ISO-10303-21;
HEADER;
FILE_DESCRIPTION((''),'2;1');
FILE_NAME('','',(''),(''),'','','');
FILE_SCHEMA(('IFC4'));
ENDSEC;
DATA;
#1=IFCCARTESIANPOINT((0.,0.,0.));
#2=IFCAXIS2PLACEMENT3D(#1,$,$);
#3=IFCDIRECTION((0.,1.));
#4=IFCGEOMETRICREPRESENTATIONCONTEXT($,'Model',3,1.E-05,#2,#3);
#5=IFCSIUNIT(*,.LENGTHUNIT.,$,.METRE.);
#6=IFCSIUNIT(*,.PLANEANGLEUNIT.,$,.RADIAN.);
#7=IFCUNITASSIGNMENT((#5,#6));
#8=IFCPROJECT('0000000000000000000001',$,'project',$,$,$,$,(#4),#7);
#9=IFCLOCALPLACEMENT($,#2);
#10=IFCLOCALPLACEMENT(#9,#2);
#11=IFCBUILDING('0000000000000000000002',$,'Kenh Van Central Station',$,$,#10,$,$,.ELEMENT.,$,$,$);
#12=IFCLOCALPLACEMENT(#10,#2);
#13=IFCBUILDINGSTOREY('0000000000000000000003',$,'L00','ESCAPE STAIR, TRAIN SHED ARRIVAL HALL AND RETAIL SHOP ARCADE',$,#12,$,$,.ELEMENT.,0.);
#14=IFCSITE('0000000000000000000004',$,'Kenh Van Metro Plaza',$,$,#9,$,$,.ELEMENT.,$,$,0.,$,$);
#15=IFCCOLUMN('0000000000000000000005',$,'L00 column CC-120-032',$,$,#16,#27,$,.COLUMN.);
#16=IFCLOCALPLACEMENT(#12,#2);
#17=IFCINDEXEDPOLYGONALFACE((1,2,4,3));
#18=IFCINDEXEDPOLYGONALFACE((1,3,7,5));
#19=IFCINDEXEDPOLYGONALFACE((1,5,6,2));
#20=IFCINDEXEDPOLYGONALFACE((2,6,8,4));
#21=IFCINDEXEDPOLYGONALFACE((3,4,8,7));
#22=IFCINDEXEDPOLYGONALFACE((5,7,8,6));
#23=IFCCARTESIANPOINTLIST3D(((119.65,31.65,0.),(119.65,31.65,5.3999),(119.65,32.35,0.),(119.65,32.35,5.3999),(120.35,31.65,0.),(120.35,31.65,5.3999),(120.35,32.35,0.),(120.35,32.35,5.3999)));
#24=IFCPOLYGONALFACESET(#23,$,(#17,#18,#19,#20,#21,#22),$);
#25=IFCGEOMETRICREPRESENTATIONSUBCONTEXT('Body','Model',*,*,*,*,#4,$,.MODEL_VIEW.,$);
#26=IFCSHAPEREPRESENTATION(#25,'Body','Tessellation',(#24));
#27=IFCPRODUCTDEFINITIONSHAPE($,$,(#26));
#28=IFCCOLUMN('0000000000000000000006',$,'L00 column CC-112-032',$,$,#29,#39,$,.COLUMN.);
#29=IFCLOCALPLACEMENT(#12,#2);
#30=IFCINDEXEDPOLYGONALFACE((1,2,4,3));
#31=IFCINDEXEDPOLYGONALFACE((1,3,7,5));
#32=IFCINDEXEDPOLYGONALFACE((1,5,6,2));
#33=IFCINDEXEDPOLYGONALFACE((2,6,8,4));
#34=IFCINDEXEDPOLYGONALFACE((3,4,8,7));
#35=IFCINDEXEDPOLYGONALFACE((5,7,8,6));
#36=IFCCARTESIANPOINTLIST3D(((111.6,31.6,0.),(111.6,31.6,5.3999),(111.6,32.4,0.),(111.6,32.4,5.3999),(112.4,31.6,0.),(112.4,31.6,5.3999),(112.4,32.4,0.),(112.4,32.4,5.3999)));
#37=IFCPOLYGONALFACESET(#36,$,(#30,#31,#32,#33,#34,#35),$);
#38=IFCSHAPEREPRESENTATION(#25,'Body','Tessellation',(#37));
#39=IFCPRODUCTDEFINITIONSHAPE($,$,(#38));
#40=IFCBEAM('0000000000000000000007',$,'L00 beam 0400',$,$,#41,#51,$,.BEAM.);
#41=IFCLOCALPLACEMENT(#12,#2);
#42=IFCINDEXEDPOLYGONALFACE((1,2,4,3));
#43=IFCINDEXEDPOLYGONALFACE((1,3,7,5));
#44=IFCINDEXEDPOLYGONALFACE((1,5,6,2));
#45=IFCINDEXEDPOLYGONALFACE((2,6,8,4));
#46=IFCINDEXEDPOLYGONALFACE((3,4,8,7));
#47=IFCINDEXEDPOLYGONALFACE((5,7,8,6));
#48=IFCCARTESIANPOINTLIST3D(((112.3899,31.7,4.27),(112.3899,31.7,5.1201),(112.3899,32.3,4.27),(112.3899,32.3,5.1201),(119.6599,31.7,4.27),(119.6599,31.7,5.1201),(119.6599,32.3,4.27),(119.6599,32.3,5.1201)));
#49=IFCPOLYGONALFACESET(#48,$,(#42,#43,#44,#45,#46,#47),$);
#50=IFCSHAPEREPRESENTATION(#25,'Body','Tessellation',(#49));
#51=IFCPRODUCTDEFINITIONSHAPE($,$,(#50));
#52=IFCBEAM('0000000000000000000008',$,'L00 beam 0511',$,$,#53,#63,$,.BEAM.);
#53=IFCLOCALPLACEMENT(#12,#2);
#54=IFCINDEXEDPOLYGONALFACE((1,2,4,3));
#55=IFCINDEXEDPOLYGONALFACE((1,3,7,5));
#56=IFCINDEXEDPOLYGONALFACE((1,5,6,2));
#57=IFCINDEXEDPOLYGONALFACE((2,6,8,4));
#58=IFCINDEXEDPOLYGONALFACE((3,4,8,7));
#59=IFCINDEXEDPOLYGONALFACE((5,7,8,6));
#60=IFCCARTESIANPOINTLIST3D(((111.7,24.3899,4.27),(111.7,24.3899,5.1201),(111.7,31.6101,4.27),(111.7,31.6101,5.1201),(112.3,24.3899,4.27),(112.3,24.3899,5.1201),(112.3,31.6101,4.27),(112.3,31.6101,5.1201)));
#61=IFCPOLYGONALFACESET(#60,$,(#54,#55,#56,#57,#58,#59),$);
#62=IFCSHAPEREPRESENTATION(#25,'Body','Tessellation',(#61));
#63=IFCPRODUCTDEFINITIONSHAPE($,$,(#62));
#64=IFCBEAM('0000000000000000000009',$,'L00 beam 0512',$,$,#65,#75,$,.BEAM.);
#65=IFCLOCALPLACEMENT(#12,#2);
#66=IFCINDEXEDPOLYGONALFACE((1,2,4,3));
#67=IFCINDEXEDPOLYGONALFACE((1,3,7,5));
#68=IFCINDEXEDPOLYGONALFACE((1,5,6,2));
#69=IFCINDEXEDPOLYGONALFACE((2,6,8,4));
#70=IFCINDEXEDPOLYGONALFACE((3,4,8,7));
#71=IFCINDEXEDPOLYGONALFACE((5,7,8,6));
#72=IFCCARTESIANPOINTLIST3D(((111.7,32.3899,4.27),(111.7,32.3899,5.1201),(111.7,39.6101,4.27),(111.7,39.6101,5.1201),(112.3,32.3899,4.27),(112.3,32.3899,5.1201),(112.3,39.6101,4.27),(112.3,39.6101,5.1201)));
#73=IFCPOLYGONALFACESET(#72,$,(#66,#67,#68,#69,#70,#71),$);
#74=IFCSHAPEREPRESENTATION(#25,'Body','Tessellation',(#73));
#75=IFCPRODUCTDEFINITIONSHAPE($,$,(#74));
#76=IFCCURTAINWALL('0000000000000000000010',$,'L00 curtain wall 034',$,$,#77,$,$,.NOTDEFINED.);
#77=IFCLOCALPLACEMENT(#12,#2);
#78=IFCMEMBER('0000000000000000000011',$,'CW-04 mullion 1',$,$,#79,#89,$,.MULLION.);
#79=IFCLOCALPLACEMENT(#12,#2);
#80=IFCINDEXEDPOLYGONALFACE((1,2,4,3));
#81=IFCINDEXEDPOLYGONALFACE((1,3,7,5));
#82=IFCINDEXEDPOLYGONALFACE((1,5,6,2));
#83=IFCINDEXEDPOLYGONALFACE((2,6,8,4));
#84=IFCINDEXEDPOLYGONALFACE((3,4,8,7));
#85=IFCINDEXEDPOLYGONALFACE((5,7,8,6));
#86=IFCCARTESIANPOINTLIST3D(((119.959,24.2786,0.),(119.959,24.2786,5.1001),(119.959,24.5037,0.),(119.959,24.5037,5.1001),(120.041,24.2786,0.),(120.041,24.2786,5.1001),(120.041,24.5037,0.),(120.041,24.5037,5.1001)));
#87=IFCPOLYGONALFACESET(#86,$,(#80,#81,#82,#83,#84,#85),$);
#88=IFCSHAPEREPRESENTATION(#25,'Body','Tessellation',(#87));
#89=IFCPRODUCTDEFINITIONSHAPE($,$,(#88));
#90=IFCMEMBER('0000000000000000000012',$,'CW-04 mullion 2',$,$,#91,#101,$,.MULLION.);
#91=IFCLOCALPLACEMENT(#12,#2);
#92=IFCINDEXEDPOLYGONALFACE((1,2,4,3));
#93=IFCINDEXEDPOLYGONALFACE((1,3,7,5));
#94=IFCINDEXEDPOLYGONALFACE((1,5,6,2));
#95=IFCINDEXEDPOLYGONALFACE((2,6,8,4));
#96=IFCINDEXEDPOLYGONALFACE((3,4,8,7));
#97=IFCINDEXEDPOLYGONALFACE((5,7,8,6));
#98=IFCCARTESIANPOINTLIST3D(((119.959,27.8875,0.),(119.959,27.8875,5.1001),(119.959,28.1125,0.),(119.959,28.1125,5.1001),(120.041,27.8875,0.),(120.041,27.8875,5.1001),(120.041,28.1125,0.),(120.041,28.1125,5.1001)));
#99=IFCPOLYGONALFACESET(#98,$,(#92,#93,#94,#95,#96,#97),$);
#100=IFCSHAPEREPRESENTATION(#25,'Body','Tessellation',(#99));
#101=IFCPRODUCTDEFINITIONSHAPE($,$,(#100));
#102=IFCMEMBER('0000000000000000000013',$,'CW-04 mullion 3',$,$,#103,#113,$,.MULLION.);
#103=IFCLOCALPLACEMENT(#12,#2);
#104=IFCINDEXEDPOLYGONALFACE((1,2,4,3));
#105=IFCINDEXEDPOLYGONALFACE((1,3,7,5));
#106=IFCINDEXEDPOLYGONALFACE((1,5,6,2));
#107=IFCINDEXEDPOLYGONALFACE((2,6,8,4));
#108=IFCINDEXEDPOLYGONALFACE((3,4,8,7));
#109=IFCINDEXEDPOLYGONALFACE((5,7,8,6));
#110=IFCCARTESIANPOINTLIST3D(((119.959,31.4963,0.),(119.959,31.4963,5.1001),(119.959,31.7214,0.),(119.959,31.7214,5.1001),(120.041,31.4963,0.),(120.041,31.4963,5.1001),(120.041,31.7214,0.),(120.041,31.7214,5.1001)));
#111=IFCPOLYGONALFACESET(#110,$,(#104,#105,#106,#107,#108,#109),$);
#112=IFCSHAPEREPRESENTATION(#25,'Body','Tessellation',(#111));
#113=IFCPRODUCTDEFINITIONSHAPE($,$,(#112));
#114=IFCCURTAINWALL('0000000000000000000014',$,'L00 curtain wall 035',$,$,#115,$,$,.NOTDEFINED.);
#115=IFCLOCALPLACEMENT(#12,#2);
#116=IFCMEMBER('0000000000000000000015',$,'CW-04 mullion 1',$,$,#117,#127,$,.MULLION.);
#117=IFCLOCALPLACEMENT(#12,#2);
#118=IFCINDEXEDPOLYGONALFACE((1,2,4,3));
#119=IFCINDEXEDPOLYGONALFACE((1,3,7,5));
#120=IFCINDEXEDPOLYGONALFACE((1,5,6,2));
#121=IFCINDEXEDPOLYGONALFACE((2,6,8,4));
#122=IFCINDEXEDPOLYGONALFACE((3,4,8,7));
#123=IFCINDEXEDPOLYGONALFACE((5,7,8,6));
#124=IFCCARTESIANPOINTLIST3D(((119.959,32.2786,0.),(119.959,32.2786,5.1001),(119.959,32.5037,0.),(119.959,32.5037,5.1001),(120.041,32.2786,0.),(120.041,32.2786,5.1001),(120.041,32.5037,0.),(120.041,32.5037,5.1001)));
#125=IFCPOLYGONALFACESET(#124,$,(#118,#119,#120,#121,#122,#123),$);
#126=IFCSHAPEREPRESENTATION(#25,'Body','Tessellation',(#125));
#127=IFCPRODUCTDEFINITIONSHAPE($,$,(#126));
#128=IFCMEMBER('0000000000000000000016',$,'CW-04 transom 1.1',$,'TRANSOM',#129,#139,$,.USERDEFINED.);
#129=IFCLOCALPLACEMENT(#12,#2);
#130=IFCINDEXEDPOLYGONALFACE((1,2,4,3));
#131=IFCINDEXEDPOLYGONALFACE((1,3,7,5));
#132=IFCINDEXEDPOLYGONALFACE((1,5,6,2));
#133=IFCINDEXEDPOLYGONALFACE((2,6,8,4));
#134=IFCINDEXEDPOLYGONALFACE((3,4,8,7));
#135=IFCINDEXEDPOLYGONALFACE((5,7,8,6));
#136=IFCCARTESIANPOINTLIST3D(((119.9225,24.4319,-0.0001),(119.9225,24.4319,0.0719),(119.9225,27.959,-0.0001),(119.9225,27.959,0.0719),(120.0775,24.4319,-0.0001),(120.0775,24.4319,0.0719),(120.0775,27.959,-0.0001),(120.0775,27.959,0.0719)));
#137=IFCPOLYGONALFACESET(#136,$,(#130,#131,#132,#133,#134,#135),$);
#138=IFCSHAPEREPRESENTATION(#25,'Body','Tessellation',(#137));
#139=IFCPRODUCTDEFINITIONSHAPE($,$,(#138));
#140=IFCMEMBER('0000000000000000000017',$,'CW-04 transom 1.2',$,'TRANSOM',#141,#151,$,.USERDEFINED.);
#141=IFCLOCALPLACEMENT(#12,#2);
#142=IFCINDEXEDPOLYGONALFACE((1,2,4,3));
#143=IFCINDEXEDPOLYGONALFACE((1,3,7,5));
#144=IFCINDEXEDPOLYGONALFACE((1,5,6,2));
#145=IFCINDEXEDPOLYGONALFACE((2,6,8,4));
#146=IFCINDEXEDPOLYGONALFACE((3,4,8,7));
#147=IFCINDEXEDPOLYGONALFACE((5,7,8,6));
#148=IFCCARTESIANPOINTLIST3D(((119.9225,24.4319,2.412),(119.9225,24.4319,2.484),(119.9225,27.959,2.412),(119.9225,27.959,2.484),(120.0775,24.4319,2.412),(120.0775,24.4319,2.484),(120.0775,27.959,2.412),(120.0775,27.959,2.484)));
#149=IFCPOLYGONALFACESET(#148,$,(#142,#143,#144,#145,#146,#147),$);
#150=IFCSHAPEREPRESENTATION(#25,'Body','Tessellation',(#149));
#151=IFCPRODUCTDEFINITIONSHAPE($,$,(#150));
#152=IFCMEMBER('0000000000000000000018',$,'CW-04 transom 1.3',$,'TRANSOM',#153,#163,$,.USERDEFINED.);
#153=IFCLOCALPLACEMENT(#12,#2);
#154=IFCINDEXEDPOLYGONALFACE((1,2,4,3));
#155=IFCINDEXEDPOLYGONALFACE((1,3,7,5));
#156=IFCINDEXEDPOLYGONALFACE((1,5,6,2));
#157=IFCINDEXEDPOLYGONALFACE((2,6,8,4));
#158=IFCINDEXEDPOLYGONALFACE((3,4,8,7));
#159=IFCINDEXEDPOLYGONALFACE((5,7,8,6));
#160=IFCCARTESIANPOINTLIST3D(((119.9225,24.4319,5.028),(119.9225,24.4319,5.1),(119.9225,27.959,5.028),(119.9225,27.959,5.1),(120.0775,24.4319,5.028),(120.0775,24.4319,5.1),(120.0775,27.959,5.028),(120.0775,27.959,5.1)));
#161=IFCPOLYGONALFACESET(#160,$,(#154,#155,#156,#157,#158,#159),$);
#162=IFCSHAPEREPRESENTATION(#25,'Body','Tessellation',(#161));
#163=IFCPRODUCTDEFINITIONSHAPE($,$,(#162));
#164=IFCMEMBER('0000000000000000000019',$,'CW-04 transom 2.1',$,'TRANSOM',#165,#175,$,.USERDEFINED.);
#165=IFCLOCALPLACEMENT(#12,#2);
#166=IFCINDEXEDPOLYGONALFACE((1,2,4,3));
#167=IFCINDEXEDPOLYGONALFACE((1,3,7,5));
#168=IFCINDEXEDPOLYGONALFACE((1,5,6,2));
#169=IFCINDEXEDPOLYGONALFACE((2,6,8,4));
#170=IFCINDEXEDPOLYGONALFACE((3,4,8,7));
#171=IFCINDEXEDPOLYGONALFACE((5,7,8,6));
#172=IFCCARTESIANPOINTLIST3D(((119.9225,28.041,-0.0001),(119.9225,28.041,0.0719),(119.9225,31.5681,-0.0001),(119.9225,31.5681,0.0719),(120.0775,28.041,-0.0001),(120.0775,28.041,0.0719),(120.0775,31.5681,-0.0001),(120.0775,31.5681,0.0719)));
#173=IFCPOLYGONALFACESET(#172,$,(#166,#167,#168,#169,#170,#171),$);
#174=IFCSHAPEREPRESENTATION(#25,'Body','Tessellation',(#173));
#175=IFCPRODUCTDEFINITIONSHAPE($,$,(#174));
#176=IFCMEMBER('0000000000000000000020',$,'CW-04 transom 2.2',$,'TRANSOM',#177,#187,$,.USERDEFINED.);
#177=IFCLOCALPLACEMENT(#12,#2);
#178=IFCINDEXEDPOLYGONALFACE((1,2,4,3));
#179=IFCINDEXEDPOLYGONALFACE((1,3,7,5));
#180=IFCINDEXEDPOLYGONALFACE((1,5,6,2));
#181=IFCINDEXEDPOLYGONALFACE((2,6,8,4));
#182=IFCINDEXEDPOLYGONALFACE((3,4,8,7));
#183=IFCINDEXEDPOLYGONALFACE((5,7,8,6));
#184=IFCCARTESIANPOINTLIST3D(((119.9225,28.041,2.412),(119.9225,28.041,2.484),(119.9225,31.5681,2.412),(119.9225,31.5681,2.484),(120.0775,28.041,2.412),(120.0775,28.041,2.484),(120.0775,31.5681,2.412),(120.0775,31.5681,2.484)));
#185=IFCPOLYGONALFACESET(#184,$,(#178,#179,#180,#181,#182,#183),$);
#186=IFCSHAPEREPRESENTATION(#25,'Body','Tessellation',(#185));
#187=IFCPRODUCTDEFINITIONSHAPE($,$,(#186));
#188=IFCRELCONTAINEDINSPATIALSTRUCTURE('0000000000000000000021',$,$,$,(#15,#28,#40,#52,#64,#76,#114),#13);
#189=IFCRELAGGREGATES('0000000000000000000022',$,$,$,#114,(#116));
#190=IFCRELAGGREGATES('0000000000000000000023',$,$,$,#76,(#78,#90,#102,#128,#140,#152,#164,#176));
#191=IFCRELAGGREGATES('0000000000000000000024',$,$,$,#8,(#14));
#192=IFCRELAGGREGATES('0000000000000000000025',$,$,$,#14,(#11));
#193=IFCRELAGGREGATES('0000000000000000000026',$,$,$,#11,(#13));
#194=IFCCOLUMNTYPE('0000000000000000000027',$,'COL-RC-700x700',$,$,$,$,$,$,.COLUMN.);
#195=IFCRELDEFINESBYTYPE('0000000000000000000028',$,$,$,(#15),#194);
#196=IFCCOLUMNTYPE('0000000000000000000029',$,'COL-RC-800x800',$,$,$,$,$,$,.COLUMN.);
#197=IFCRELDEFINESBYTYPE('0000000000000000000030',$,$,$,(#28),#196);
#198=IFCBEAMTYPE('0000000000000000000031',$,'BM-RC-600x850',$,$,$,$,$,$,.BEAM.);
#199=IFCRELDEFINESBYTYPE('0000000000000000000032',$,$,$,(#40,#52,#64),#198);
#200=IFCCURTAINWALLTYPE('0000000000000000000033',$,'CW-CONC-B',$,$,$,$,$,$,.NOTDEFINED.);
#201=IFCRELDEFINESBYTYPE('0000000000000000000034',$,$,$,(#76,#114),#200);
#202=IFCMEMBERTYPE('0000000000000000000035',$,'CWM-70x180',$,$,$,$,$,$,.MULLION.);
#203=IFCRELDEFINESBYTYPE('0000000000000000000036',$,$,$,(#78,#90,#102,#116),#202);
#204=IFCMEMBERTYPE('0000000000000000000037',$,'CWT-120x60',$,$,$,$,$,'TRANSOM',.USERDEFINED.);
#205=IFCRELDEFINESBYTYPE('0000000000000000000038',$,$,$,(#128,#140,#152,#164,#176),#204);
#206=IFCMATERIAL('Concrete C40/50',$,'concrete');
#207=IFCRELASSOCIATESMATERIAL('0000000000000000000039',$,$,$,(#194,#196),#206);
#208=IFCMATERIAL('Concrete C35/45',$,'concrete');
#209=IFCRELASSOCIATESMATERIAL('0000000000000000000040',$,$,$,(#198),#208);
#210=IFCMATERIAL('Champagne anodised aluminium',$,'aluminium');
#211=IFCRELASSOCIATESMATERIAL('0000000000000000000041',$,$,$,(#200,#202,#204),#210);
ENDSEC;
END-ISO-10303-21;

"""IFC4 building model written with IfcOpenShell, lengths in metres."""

from ifc_helpers import new_model, si_unit, direction, frame, origin, origin_2d, place, context, subcontext, project, spatial, rectangle, extrude, material, material_profile, profile_set, type_object, element, aggregate, save


model = new_model("IFC4")

# Units and contexts
model_context = context("Model", 3, precision=1e-05, world=origin(), true_north=direction((0.0, 1.0)))
body_context = subcontext(model_context, "Body", "Model", "MODEL_VIEW")
ifc_project = project(units=[si_unit("LENGTHUNIT", "METRE"), si_unit("PLANEANGLEUNIT", "RADIAN")], contexts=[model_context])

# Site, building, storey
site_placement = place(None, origin())
site = spatial("IfcSite", under=ifc_project, at=site_placement, Name="Kenh Van Metro Plaza", CompositionType="ELEMENT", RefElevation=0.0)
building_placement = place(site_placement, origin())
building = spatial("IfcBuilding", under=site, at=building_placement, Name="Kenh Van Central Station", CompositionType="ELEMENT")
storey_placement = place(building_placement, origin())
storey = spatial("IfcBuildingStorey", under=building, at=storey_placement, Name="L00", Description="ESCAPE STAIR, TRAIN SHED ARRIVAL HALL AND RETAIL SHOP ARCADE", CompositionType="ELEMENT", Elevation=0.0)

# Columns
ifc_material_1 = material(Name="Concrete C40/50", Category="concrete")
ifc_material_profile_1 = material_profile(ifc_material_1, rectangle(XDim=0.7, YDim=0.7, at=origin_2d()), Name="RC 700x700")
ifc_profile_set_1 = profile_set([ifc_material_profile_1], Name="Concrete C40/50")
column_type_1 = type_object("IfcColumnType", Name="COL-RC-700x700", PredefinedType="COLUMN", material=ifc_profile_set_1)
column_1_placement = place(storey_placement, frame((120.0, 32.0, 0.0), z_axis=(0.0, 0.0, 1.0), x_axis=(1.0, 0.0, 0.0)))
element("IfcColumn", 1, at=column_1_placement, inside=storey, type_object=column_type_1, Name="L00 column CC-120-032", PredefinedType="COLUMN", context=body_context, shape_type="SweptSolid", body=[
    extrude(rectangle(XDim=0.7, YDim=0.7, at=origin_2d()), origin(), (0.0, 0.0, 1.0), 5.3999),
])
ifc_material_profile_2 = material_profile(ifc_material_1, rectangle(XDim=0.8, YDim=0.8, at=origin_2d()), Name="RC 800x800")
ifc_profile_set_2 = profile_set([ifc_material_profile_2], Name="Concrete C40/50")
column_type_2 = type_object("IfcColumnType", Name="COL-RC-800x800", PredefinedType="COLUMN", material=ifc_profile_set_2)
column_2_placement = place(storey_placement, frame((112.0, 32.0, 0.0), z_axis=(0.0, 0.0, 1.0), x_axis=(1.0, 0.0, 0.0)))
element("IfcColumn", 2, at=column_2_placement, inside=storey, type_object=column_type_2, Name="L00 column CC-112-032", PredefinedType="COLUMN", context=body_context, shape_type="SweptSolid", body=[
    extrude(rectangle(XDim=0.8, YDim=0.8, at=origin_2d()), origin(), (0.0, 0.0, 1.0), 5.3999),
])

# Beams
ifc_material_2 = material(Name="Concrete C35/45", Category="concrete")
ifc_material_profile_3 = material_profile(ifc_material_2, rectangle(XDim=0.6001, YDim=0.8501, at=origin_2d()), Name="RC 600x850")
ifc_profile_set_3 = profile_set([ifc_material_profile_3], Name="Concrete C35/45")
beam_type = type_object("IfcBeamType", Name="BM-RC-600x850", PredefinedType="BEAM", material=ifc_profile_set_3)
beam_placement = place(storey_placement, frame((112.3899, 32.0, 4.6951), z_axis=(1.0, 0.0, 0.0), x_axis=(0.0, 1.0, 0.0)))
element("IfcBeam", 3, at=beam_placement, inside=storey, type_object=beam_type, Name="L00 beam 0400", PredefinedType="BEAM", context=body_context, shape_type="SweptSolid", body=[
    extrude(rectangle(XDim=0.6001, YDim=0.8501, at=origin_2d()), origin(), (0.0, 0.0, 1.0), 7.27),
])
for number, where, z_axis, x_axis, name in (
    (4, (112.0, 24.3899, 4.6951), (0.0, 1.0, 0.0), (-1.0, 0.0, 0.0), "L00 beam 0511"),
    (5, (112.0, 32.3899, 4.6951), (0.0, 1.0, 0.0), (-1.0, 0.0, 0.0), "L00 beam 0512"),
):
    element("IfcBeam", number, at=place(storey_placement, frame(where, z_axis=z_axis, x_axis=x_axis)), inside=storey, type_object=beam_type, Name=name, PredefinedType="BEAM", context=body_context, shape_type="SweptSolid", body=[
        extrude(rectangle(XDim=0.6001, YDim=0.8501, at=origin_2d()), origin(), (0.0, 0.0, 1.0), 7.2202),
    ])

# Curtain wall, members
ifc_material_3 = material(Name="Champagne anodised aluminium", Category="aluminium")
curtain_wall_type = type_object("IfcCurtainWallType", Name="CW-CONC-B", PredefinedType="NOTDEFINED", material=ifc_material_3)
curtain_wall_1_placement = place(storey_placement, origin())
curtain_wall_1 = element("IfcCurtainWall", 6, at=curtain_wall_1_placement, inside=storey, type_object=curtain_wall_type, Name="L00 curtain wall 034", PredefinedType="NOTDEFINED")
ifc_material_profile_4 = material_profile(ifc_material_3, rectangle(XDim=0.082, YDim=0.2251, at=origin_2d()), Name="AL 82x225")
ifc_profile_set_4 = profile_set([ifc_material_profile_4], Name="Champagne anodised aluminium")
member_type_1 = type_object("IfcMemberType", Name="CWM-70x180", PredefinedType="MULLION", material=ifc_profile_set_4)
member_1_placement = place(storey_placement, frame((120.0, 24.3911, 0.0), z_axis=(0.0, 0.0, 1.0), x_axis=(-1.0, 0.0, 0.0)))
member_1 = element("IfcMember", 7, at=member_1_placement, type_object=member_type_1, Name="CW-04 mullion 1", PredefinedType="MULLION", context=body_context, shape_type="SweptSolid", body=[
    extrude(rectangle(XDim=0.082, YDim=0.2251, at=origin_2d()), origin(), (0.0, 0.0, 1.0), 5.1001),
])
member_2_placement = place(storey_placement, frame((120.0, 28.0, 0.0), z_axis=(0.0, 0.0, 1.0), x_axis=(-1.0, 0.0, 0.0)))
member_2 = element("IfcMember", 8, at=member_2_placement, type_object=member_type_1, Name="CW-04 mullion 2", PredefinedType="MULLION", context=body_context, shape_type="SweptSolid", body=[
    extrude(rectangle(XDim=0.082, YDim=0.2251, at=origin_2d()), origin(), (0.0, 0.0, 1.0), 5.1001),
])
member_3_placement = place(storey_placement, frame((120.0, 31.6089, 0.0), z_axis=(0.0, 0.0, 1.0), x_axis=(-1.0, 0.0, 0.0)))
member_3 = element("IfcMember", 9, at=member_3_placement, type_object=member_type_1, Name="CW-04 mullion 3", PredefinedType="MULLION", context=body_context, shape_type="SweptSolid", body=[
    extrude(rectangle(XDim=0.082, YDim=0.2251, at=origin_2d()), origin(), (0.0, 0.0, 1.0), 5.1001),
])

# Curtain wall, member
curtain_wall_2_placement = place(storey_placement, origin())
curtain_wall_2 = element("IfcCurtainWall", 10, at=curtain_wall_2_placement, inside=storey, type_object=curtain_wall_type, Name="L00 curtain wall 035", PredefinedType="NOTDEFINED")
member_4_placement = place(storey_placement, frame((120.0, 32.3911, 0.0), z_axis=(0.0, 0.0, 1.0), x_axis=(-1.0, 0.0, 0.0)))
member_4 = element("IfcMember", 11, at=member_4_placement, type_object=member_type_1, Name="CW-04 mullion 1", PredefinedType="MULLION", context=body_context, shape_type="SweptSolid", body=[
    extrude(rectangle(XDim=0.082, YDim=0.2251, at=origin_2d()), origin(), (0.0, 0.0, 1.0), 5.1001),
])

# Members
ifc_material_profile_5 = material_profile(ifc_material_3, rectangle(XDim=0.155, YDim=0.072, at=origin_2d()), Name="AL 155x72")
ifc_profile_set_5 = profile_set([ifc_material_profile_5], Name="Champagne anodised aluminium")
member_type_2 = type_object("IfcMemberType", Name="CWT-120x60", ElementType="TRANSOM", PredefinedType="USERDEFINED", material=ifc_profile_set_5)
member_5_placement = place(storey_placement, frame((120.0, 24.4319, 0.0359), z_axis=(0.0, 1.0, 0.0), x_axis=(-1.0, 0.0, 0.0)))
member_5 = element("IfcMember", 12, at=member_5_placement, type_object=member_type_2, Name="CW-04 transom 1.1", ObjectType="TRANSOM", PredefinedType="USERDEFINED", context=body_context, shape_type="SweptSolid", body=[
    extrude(rectangle(XDim=0.155, YDim=0.072, at=origin_2d()), origin(), (0.0, 0.0, 1.0), 3.5271),
])
member_6_placement = place(storey_placement, frame((120.0, 24.4319, 2.448), z_axis=(0.0, 1.0, 0.0), x_axis=(-1.0, 0.0, 0.0)))
member_6 = element("IfcMember", 13, at=member_6_placement, type_object=member_type_2, Name="CW-04 transom 1.2", ObjectType="TRANSOM", PredefinedType="USERDEFINED", context=body_context, shape_type="SweptSolid", body=[
    extrude(rectangle(XDim=0.155, YDim=0.072, at=origin_2d()), origin(), (0.0, 0.0, 1.0), 3.5271),
])
member_7_placement = place(storey_placement, frame((120.0, 24.4319, 5.064), z_axis=(0.0, 1.0, 0.0), x_axis=(-1.0, 0.0, 0.0)))
member_7 = element("IfcMember", 14, at=member_7_placement, type_object=member_type_2, Name="CW-04 transom 1.3", ObjectType="TRANSOM", PredefinedType="USERDEFINED", context=body_context, shape_type="SweptSolid", body=[
    extrude(rectangle(XDim=0.155, YDim=0.072, at=origin_2d()), origin(), (0.0, 0.0, 1.0), 3.5271),
])
member_8_placement = place(storey_placement, frame((120.0, 28.041, 0.0359), z_axis=(0.0, 1.0, 0.0), x_axis=(-1.0, 0.0, 0.0)))
member_8 = element("IfcMember", 15, at=member_8_placement, type_object=member_type_2, Name="CW-04 transom 2.1", ObjectType="TRANSOM", PredefinedType="USERDEFINED", context=body_context, shape_type="SweptSolid", body=[
    extrude(rectangle(XDim=0.155, YDim=0.072, at=origin_2d()), origin(), (0.0, 0.0, 1.0), 3.5271),
])
member_9_placement = place(storey_placement, frame((120.0, 28.041, 2.448), z_axis=(0.0, 1.0, 0.0), x_axis=(-1.0, 0.0, 0.0)))
member_9 = element("IfcMember", 16, at=member_9_placement, type_object=member_type_2, Name="CW-04 transom 2.2", ObjectType="TRANSOM", PredefinedType="USERDEFINED", context=body_context, shape_type="SweptSolid", body=[
    extrude(rectangle(XDim=0.155, YDim=0.072, at=origin_2d()), origin(), (0.0, 0.0, 1.0), 3.5271),
])
aggregate(curtain_wall_2, [member_4])

aggregate(curtain_wall_1, [member_1, member_2, member_3, member_5, member_6, member_7, member_8, member_9])

save(model, "model.ifc")
